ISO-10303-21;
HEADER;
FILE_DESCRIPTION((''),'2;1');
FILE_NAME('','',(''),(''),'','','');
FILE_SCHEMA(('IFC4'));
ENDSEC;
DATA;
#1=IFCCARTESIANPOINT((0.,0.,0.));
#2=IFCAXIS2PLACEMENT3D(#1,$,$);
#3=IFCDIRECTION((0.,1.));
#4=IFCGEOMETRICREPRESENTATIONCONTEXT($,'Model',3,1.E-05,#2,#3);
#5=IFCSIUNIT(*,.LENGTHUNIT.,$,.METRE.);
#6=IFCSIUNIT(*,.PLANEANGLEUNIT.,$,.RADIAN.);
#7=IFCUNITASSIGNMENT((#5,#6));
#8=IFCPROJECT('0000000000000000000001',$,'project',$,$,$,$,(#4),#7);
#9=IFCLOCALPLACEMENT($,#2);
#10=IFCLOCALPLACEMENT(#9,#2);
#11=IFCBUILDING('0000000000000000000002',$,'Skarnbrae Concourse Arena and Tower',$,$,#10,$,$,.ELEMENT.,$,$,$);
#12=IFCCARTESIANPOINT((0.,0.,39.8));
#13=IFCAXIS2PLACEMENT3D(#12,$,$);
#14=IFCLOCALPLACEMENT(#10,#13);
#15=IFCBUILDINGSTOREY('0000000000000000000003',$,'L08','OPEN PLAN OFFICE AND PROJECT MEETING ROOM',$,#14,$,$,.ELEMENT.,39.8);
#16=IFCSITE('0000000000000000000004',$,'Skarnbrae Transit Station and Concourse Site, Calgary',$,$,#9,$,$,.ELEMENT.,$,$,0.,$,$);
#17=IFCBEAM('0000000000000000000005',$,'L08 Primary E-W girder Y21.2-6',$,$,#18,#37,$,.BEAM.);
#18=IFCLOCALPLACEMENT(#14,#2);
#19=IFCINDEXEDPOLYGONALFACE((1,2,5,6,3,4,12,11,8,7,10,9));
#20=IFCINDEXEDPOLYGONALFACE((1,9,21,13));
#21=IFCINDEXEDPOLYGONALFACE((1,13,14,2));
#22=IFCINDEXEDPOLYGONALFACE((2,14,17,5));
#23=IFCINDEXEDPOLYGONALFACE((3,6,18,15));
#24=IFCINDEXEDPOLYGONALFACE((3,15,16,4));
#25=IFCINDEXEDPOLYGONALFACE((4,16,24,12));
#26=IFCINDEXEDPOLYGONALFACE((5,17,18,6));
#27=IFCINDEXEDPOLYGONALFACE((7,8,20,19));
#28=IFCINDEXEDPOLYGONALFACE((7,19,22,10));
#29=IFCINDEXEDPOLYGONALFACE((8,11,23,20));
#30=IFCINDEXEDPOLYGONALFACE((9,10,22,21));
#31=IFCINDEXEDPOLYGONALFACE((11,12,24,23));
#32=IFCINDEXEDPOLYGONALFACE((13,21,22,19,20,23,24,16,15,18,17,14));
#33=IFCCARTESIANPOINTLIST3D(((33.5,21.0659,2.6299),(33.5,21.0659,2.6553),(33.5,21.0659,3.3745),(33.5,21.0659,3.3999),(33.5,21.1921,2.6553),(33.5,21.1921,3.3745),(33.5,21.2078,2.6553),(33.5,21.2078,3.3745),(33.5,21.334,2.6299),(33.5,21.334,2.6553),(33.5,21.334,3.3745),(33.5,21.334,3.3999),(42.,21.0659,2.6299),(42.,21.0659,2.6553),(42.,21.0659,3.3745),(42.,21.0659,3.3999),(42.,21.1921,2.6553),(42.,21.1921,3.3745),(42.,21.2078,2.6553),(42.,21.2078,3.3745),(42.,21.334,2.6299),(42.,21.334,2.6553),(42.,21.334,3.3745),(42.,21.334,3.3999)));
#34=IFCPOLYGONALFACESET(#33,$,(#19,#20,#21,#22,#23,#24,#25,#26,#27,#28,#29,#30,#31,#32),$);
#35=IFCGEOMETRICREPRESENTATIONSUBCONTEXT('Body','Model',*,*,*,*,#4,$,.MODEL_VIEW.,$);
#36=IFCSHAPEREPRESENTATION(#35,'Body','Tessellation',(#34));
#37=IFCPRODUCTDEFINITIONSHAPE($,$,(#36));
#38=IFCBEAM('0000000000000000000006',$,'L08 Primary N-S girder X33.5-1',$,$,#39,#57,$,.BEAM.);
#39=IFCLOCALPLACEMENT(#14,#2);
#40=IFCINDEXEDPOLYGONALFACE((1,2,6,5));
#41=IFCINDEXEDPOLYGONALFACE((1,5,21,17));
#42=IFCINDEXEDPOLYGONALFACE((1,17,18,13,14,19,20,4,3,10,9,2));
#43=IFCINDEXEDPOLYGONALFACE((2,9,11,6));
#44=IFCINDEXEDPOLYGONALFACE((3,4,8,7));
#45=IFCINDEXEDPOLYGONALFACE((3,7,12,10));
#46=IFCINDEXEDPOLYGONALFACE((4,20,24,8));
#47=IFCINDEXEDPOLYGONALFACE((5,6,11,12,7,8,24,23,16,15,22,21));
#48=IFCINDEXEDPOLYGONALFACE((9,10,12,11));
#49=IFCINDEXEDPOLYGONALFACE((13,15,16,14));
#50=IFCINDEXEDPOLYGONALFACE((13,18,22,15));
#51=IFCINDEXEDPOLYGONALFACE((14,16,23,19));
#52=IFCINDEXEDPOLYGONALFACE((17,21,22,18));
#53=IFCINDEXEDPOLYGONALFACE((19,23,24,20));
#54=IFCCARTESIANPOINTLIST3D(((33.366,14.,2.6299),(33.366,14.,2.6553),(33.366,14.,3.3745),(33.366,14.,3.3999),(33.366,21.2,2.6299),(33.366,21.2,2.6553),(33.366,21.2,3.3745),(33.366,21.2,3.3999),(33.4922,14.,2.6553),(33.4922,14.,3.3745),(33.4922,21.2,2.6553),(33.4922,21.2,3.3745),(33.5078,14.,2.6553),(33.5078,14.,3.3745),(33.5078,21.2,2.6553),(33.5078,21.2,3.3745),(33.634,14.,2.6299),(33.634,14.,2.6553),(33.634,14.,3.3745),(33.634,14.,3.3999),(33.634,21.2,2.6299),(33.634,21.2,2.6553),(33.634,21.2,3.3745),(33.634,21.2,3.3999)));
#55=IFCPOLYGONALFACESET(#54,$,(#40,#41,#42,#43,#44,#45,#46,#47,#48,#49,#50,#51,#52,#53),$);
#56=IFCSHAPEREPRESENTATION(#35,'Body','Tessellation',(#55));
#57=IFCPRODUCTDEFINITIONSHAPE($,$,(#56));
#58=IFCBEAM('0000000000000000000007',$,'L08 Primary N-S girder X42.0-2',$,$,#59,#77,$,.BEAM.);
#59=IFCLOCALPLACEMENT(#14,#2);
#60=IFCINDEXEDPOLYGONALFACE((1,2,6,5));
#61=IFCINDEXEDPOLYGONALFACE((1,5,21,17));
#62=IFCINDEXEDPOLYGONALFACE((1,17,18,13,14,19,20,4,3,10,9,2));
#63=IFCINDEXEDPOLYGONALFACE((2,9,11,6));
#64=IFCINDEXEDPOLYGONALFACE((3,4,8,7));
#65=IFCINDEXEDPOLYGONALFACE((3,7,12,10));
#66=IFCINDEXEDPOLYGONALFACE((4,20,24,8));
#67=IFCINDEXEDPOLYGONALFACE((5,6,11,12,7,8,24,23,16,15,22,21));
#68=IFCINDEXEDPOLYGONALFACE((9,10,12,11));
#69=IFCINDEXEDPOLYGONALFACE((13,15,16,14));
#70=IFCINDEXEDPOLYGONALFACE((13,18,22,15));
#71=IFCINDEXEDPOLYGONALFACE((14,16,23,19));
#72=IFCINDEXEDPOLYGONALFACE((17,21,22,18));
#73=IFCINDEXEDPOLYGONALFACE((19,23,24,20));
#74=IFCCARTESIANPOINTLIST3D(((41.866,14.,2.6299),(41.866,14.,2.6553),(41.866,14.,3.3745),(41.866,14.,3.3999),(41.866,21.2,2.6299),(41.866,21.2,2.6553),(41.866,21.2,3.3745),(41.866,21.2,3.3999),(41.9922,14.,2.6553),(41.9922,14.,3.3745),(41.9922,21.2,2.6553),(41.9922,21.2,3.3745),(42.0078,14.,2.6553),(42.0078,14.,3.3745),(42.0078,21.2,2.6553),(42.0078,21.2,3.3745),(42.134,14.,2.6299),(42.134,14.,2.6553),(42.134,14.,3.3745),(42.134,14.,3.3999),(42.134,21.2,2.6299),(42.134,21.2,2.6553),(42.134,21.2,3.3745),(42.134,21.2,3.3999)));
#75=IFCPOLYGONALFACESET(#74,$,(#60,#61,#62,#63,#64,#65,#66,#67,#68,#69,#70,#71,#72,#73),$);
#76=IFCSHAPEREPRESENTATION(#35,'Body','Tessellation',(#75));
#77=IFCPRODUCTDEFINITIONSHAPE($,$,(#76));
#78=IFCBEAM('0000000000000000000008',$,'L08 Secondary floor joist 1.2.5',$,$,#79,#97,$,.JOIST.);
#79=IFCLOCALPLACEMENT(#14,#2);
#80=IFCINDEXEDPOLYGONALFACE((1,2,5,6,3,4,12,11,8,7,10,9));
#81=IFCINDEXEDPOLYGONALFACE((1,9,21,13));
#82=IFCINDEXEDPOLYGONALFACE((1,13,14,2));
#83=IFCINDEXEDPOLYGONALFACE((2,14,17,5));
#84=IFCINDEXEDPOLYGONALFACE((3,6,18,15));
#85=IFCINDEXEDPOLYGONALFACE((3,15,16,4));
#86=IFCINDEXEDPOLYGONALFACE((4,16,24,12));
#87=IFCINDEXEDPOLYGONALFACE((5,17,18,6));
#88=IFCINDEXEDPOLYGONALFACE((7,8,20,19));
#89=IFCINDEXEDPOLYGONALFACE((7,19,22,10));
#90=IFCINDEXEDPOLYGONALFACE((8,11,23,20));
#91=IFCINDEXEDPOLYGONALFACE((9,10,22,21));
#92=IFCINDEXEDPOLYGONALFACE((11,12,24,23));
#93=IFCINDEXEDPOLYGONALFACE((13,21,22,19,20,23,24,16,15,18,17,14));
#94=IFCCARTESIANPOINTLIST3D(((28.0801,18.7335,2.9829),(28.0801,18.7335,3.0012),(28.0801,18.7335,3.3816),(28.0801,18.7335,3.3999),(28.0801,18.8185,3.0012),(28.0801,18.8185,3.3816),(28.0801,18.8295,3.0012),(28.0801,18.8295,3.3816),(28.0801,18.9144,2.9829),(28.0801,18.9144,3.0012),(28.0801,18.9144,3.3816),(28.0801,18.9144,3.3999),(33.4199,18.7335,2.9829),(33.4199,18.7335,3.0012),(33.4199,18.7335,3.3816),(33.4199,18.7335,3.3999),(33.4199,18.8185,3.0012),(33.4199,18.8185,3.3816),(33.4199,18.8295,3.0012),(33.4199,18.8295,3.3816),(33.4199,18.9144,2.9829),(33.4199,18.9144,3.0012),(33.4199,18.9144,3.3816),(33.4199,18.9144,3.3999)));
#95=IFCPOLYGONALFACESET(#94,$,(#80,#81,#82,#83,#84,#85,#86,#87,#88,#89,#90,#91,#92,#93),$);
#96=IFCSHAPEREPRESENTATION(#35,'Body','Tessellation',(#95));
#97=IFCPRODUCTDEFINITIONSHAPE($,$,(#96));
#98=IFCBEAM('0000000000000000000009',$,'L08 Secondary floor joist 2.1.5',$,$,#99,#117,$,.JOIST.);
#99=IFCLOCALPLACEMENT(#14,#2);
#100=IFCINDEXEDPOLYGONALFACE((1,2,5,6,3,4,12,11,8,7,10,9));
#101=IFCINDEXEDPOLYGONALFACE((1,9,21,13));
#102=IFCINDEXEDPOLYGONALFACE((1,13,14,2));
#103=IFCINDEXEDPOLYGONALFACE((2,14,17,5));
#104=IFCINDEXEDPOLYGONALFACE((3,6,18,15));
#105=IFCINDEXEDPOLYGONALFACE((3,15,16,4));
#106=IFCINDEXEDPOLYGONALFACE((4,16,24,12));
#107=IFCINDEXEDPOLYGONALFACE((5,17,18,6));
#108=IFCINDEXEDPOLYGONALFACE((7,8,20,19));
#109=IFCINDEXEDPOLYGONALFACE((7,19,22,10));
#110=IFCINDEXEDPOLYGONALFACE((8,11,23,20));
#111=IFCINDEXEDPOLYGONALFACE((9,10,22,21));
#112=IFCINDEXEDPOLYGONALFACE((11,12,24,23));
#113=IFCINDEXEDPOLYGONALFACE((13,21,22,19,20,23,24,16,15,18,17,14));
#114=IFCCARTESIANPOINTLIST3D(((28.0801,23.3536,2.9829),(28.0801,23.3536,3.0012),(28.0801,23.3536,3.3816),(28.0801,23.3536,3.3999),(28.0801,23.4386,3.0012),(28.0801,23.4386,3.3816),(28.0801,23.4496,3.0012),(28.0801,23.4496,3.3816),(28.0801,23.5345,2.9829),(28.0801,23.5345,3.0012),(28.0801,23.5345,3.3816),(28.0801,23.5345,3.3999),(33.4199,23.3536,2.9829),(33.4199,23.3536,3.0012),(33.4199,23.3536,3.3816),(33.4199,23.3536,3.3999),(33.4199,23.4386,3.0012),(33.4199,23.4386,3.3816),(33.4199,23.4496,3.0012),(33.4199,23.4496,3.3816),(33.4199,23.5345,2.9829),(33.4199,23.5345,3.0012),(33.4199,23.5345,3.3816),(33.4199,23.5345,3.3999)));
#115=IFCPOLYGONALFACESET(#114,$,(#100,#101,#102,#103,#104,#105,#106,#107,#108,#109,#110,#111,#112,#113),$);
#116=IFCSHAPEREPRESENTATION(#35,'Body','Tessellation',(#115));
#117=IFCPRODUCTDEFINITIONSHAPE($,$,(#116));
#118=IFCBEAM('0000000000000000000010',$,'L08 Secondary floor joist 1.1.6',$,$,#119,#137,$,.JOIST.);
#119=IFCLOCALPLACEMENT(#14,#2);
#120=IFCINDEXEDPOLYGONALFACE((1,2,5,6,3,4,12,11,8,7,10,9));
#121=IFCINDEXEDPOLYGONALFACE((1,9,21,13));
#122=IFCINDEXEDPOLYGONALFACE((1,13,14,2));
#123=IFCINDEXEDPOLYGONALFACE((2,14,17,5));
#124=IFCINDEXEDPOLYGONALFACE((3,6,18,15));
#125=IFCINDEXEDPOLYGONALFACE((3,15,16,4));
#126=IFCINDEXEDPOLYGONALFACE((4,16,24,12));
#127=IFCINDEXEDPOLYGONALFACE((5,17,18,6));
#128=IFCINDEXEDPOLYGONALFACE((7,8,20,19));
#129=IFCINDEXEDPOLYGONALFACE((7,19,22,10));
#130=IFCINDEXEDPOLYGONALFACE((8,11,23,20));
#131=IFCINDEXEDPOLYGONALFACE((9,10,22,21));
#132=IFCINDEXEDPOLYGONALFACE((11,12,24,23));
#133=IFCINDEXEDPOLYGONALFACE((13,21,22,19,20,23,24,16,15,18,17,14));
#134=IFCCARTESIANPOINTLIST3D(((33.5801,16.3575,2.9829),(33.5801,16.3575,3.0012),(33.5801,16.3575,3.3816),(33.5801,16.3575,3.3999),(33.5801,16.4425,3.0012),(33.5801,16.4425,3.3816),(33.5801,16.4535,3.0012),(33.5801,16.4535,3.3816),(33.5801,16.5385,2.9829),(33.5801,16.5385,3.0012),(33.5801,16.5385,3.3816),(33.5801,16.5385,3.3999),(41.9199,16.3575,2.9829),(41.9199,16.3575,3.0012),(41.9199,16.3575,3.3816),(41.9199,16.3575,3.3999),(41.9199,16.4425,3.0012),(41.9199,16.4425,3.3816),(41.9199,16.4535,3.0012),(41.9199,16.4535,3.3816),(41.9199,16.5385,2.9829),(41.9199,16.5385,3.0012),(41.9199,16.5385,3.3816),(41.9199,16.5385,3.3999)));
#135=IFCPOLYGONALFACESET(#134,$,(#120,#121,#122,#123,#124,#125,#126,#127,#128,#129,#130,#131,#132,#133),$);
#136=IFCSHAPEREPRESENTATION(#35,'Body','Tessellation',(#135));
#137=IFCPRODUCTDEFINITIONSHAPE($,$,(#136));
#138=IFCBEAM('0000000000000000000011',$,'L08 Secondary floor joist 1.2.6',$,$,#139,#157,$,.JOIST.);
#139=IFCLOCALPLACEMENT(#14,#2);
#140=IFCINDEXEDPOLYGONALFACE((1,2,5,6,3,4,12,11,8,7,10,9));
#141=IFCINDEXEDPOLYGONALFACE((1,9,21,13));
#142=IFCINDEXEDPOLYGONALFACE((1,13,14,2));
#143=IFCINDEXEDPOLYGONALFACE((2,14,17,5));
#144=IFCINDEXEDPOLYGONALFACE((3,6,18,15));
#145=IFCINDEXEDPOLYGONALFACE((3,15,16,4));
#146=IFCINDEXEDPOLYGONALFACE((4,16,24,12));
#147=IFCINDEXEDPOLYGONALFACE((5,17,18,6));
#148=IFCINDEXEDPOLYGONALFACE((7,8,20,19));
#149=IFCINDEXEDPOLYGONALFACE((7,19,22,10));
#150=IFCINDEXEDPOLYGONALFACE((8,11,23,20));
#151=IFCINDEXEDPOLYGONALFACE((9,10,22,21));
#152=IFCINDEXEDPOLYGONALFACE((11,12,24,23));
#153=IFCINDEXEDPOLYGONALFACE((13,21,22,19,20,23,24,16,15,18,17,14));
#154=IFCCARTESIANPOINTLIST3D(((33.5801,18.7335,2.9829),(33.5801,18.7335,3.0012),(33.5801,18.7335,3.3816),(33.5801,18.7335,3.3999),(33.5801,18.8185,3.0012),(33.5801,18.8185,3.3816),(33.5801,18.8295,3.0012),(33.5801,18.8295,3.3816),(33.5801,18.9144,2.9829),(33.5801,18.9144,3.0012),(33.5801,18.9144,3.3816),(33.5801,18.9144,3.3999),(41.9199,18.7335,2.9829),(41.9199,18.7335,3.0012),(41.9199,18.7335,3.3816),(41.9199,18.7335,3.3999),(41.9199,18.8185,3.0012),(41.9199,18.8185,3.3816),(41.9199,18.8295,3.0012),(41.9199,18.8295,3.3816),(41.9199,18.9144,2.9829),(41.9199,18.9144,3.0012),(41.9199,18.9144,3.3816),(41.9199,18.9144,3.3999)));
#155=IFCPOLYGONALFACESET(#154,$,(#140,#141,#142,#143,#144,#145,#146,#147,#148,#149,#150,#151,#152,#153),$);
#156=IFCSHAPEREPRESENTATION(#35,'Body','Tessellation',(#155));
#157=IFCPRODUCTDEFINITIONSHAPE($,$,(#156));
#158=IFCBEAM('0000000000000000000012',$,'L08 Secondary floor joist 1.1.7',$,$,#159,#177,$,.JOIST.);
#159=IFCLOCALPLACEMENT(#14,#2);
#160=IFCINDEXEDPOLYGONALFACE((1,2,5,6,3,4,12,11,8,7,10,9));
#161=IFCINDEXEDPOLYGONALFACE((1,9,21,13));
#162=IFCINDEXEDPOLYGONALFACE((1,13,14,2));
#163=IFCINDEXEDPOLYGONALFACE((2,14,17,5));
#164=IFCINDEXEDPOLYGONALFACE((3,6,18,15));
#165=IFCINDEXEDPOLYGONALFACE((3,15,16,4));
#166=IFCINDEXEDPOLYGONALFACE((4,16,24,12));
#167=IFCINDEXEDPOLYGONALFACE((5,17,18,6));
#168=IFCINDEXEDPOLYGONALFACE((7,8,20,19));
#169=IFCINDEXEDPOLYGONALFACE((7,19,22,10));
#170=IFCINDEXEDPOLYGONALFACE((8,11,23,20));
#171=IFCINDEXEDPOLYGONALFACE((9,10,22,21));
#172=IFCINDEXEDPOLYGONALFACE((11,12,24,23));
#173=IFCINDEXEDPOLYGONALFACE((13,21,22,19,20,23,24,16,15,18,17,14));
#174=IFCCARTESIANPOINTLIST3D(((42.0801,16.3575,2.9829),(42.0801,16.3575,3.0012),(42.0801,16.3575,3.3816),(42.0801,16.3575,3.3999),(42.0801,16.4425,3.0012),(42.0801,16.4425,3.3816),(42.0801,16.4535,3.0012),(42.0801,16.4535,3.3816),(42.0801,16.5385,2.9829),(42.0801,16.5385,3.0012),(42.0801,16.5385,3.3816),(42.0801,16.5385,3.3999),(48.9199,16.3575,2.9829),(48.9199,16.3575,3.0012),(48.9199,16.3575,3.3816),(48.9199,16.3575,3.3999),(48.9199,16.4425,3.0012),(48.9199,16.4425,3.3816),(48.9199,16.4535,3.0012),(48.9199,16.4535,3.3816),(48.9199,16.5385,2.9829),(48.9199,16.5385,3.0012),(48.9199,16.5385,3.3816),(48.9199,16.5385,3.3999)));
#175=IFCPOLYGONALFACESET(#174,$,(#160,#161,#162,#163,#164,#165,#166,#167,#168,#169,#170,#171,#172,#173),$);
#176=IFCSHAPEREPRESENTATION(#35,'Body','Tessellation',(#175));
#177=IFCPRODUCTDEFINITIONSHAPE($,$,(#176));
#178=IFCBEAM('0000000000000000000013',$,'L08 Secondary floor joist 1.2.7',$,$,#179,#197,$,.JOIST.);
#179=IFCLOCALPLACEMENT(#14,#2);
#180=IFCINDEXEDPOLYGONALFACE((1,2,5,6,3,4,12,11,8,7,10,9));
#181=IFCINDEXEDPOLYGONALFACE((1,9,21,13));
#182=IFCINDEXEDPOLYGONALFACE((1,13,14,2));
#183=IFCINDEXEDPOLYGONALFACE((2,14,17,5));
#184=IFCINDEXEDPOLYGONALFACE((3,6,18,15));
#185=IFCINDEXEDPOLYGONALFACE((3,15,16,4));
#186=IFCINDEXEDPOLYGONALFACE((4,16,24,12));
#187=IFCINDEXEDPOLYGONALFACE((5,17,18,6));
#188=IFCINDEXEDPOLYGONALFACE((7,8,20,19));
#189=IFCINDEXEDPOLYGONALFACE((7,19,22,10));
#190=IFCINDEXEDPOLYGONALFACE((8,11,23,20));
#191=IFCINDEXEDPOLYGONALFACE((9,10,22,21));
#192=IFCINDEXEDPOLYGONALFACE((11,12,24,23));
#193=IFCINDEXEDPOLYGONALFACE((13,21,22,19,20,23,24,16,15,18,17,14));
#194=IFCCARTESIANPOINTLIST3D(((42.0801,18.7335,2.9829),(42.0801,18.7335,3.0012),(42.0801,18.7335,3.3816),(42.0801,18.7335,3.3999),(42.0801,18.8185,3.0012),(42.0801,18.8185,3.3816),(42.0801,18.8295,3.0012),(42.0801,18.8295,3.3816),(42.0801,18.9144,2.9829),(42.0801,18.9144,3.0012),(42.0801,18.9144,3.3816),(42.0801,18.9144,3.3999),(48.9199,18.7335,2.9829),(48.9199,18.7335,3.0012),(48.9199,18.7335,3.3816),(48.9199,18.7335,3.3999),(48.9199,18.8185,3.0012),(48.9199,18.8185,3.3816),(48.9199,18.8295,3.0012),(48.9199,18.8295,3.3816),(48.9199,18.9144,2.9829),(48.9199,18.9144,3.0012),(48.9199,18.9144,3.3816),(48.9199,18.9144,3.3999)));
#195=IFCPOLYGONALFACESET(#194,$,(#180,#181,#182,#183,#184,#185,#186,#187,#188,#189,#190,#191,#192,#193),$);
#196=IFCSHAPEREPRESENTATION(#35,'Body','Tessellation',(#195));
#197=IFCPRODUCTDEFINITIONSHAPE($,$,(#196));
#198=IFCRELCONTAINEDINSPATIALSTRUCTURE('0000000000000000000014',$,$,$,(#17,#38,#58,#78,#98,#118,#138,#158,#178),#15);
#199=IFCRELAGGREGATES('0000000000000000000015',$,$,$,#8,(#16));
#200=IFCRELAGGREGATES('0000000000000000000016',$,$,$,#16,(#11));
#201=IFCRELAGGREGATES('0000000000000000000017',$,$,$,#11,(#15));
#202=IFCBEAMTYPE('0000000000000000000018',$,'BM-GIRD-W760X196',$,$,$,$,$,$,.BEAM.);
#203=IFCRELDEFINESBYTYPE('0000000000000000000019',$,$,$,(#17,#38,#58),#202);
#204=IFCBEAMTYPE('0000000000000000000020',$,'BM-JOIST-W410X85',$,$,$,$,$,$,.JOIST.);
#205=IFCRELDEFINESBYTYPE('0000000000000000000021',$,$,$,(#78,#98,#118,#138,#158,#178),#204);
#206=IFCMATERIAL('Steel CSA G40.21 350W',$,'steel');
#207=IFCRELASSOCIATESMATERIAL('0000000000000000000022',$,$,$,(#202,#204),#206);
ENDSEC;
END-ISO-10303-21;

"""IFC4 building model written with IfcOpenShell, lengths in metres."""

from ifc_helpers import new_model, si_unit, direction, frame, origin, origin_2d, place, context, subcontext, project, spatial, i_section, extrude, source, transform, mapped, material, material_profile, profile_set, type_object, element, save


model = new_model("IFC4")

# Units and contexts
model_context = context("Model", 3, precision=1e-05, world=origin(), true_north=direction((0.0, 1.0)))
body_context = subcontext(model_context, "Body", "Model", "MODEL_VIEW")
ifc_project = project(units=[si_unit("LENGTHUNIT", "METRE"), si_unit("PLANEANGLEUNIT", "RADIAN")], contexts=[model_context])

# Site, building, storey
site_placement = place(None, origin())
site = spatial("IfcSite", under=ifc_project, at=site_placement, Name="Skarnbrae Transit Station and Concourse Site, Calgary", CompositionType="ELEMENT", RefElevation=0.0)
building_placement = place(site_placement, origin())
building = spatial("IfcBuilding", under=site, at=building_placement, Name="Skarnbrae Concourse Arena and Tower", CompositionType="ELEMENT")
storey_placement = place(building_placement, frame((0.0, 0.0, 39.8)))
storey = spatial("IfcBuildingStorey", under=building, at=storey_placement, Name="L08", Description="OPEN PLAN OFFICE AND PROJECT MEETING ROOM", CompositionType="ELEMENT", Elevation=39.8)

# Shared definitions
ifc_material_1 = material(Name="Steel CSA G40.21 350W", Category="steel")

# Beams
ifc_material_profile_1 = material_profile(ifc_material_1, i_section(OverallWidth=0.2681, OverallDepth=0.77, WebThickness=0.0156, FlangeThickness=0.0254, at=origin_2d()), Name="W760X196")
ifc_profile_set_1 = profile_set([ifc_material_profile_1], Name="Steel CSA G40.21 350W")
beam_type_1 = type_object("IfcBeamType", Name="BM-GIRD-W760X196", PredefinedType="BEAM", material=ifc_profile_set_1)
shared_shape_1 = source(origin(), body_context, "Body", "SweptSolid", [
    extrude(i_section(OverallWidth=0.2681, OverallDepth=0.77, WebThickness=0.0156, FlangeThickness=0.0254, at=origin_2d()), origin(), (0.0, 0.0, 1.0), 8.5),
])
for number, where, z_axis, x_axis, name in (
    (1, (33.5, 21.2, 3.0149), (1.0, 0.0, 0.0), (0.0, 1.0, 0.0), "L08 Primary E-W girder Y21.2-6"),
):
    element("IfcBeam", number, at=place(storey_placement, frame(where, z_axis=z_axis, x_axis=x_axis)), inside=storey, type_object=beam_type_1, Name=name, PredefinedType="BEAM", context=body_context, shape_type="MappedRepresentation", body=[
        mapped(shared_shape_1, transform((0.0, 0.0, 0.0))),
    ])
shared_shape_2 = source(origin(), body_context, "Body", "SweptSolid", [
    extrude(i_section(OverallWidth=0.2681, OverallDepth=0.77, WebThickness=0.0156, FlangeThickness=0.0254, at=origin_2d()), origin(), (0.0, 0.0, 1.0), 7.2),
])
for number, where, z_axis, x_axis, name in (
    (2, (33.5, 14.0, 3.0149), (0.0, 1.0, 0.0), (-1.0, 0.0, 0.0), "L08 Primary N-S girder X33.5-1"),
    (3, (42.0, 14.0, 3.0149), (0.0, 1.0, 0.0), (-1.0, 0.0, 0.0), "L08 Primary N-S girder X42.0-2"),
):
    element("IfcBeam", number, at=place(storey_placement, frame(where, z_axis=z_axis, x_axis=x_axis)), inside=storey, type_object=beam_type_1, Name=name, PredefinedType="BEAM", context=body_context, shape_type="MappedRepresentation", body=[
        mapped(shared_shape_2, transform((0.0, 0.0, 0.0))),
    ])
ifc_material_profile_2 = material_profile(ifc_material_1, i_section(OverallWidth=0.1809, OverallDepth=0.417, WebThickness=0.011, FlangeThickness=0.0183, at=origin_2d()), Name="W410X85")
ifc_profile_set_2 = profile_set([ifc_material_profile_2], Name="Steel CSA G40.21 350W")
beam_type_2 = type_object("IfcBeamType", Name="BM-JOIST-W410X85", PredefinedType="JOIST", material=ifc_profile_set_2)
shared_shape_3 = source(origin(), body_context, "Body", "SweptSolid", [
    extrude(i_section(OverallWidth=0.1809, OverallDepth=0.417, WebThickness=0.011, FlangeThickness=0.0183, at=origin_2d()), origin(), (0.0, 0.0, 1.0), 5.3398),
])
for number, where, z_axis, x_axis, name in (
    (4, (28.0801, 18.824, 3.1914), (1.0, 0.0, 0.0), (0.0, 1.0, 0.0), "L08 Secondary floor joist 1.2.5"),
    (5, (28.0801, 23.4441, 3.1914), (1.0, 0.0, 0.0), (0.0, 1.0, 0.0), "L08 Secondary floor joist 2.1.5"),
):
    element("IfcBeam", number, at=place(storey_placement, frame(where, z_axis=z_axis, x_axis=x_axis)), inside=storey, type_object=beam_type_2, Name=name, PredefinedType="JOIST", context=body_context, shape_type="MappedRepresentation", body=[
        mapped(shared_shape_3, transform((0.0, 0.0, 0.0))),
    ])
shared_shape_4 = source(origin(), body_context, "Body", "SweptSolid", [
    extrude(i_section(OverallWidth=0.1809, OverallDepth=0.417, WebThickness=0.011, FlangeThickness=0.0183, at=origin_2d()), origin(), (0.0, 0.0, 1.0), 8.3398),
])
for number, where, z_axis, x_axis, name in (
    (6, (33.5801, 16.448, 3.1914), (1.0, 0.0, 0.0), (0.0, 1.0, 0.0), "L08 Secondary floor joist 1.1.6"),
    (7, (33.5801, 18.824, 3.1914), (1.0, 0.0, 0.0), (0.0, 1.0, 0.0), "L08 Secondary floor joist 1.2.6"),
):
    element("IfcBeam", number, at=place(storey_placement, frame(where, z_axis=z_axis, x_axis=x_axis)), inside=storey, type_object=beam_type_2, Name=name, PredefinedType="JOIST", context=body_context, shape_type="MappedRepresentation", body=[
        mapped(shared_shape_4, transform((0.0, 0.0, 0.0))),
    ])
shared_shape_5 = source(origin(), body_context, "Body", "SweptSolid", [
    extrude(i_section(OverallWidth=0.1809, OverallDepth=0.417, WebThickness=0.011, FlangeThickness=0.0183, at=origin_2d()), origin(), (0.0, 0.0, 1.0), 6.8398),
])
for number, where, z_axis, x_axis, name in (
    (8, (42.0801, 16.448, 3.1914), (1.0, 0.0, 0.0), (0.0, 1.0, 0.0), "L08 Secondary floor joist 1.1.7"),
    (9, (42.0801, 18.824, 3.1914), (1.0, 0.0, 0.0), (0.0, 1.0, 0.0), "L08 Secondary floor joist 1.2.7"),
):
    element("IfcBeam", number, at=place(storey_placement, frame(where, z_axis=z_axis, x_axis=x_axis)), inside=storey, type_object=beam_type_2, Name=name, PredefinedType="JOIST", context=body_context, shape_type="MappedRepresentation", body=[
        mapped(shared_shape_5, transform((0.0, 0.0, 0.0))),
    ])

save(model, "model.ifc")
